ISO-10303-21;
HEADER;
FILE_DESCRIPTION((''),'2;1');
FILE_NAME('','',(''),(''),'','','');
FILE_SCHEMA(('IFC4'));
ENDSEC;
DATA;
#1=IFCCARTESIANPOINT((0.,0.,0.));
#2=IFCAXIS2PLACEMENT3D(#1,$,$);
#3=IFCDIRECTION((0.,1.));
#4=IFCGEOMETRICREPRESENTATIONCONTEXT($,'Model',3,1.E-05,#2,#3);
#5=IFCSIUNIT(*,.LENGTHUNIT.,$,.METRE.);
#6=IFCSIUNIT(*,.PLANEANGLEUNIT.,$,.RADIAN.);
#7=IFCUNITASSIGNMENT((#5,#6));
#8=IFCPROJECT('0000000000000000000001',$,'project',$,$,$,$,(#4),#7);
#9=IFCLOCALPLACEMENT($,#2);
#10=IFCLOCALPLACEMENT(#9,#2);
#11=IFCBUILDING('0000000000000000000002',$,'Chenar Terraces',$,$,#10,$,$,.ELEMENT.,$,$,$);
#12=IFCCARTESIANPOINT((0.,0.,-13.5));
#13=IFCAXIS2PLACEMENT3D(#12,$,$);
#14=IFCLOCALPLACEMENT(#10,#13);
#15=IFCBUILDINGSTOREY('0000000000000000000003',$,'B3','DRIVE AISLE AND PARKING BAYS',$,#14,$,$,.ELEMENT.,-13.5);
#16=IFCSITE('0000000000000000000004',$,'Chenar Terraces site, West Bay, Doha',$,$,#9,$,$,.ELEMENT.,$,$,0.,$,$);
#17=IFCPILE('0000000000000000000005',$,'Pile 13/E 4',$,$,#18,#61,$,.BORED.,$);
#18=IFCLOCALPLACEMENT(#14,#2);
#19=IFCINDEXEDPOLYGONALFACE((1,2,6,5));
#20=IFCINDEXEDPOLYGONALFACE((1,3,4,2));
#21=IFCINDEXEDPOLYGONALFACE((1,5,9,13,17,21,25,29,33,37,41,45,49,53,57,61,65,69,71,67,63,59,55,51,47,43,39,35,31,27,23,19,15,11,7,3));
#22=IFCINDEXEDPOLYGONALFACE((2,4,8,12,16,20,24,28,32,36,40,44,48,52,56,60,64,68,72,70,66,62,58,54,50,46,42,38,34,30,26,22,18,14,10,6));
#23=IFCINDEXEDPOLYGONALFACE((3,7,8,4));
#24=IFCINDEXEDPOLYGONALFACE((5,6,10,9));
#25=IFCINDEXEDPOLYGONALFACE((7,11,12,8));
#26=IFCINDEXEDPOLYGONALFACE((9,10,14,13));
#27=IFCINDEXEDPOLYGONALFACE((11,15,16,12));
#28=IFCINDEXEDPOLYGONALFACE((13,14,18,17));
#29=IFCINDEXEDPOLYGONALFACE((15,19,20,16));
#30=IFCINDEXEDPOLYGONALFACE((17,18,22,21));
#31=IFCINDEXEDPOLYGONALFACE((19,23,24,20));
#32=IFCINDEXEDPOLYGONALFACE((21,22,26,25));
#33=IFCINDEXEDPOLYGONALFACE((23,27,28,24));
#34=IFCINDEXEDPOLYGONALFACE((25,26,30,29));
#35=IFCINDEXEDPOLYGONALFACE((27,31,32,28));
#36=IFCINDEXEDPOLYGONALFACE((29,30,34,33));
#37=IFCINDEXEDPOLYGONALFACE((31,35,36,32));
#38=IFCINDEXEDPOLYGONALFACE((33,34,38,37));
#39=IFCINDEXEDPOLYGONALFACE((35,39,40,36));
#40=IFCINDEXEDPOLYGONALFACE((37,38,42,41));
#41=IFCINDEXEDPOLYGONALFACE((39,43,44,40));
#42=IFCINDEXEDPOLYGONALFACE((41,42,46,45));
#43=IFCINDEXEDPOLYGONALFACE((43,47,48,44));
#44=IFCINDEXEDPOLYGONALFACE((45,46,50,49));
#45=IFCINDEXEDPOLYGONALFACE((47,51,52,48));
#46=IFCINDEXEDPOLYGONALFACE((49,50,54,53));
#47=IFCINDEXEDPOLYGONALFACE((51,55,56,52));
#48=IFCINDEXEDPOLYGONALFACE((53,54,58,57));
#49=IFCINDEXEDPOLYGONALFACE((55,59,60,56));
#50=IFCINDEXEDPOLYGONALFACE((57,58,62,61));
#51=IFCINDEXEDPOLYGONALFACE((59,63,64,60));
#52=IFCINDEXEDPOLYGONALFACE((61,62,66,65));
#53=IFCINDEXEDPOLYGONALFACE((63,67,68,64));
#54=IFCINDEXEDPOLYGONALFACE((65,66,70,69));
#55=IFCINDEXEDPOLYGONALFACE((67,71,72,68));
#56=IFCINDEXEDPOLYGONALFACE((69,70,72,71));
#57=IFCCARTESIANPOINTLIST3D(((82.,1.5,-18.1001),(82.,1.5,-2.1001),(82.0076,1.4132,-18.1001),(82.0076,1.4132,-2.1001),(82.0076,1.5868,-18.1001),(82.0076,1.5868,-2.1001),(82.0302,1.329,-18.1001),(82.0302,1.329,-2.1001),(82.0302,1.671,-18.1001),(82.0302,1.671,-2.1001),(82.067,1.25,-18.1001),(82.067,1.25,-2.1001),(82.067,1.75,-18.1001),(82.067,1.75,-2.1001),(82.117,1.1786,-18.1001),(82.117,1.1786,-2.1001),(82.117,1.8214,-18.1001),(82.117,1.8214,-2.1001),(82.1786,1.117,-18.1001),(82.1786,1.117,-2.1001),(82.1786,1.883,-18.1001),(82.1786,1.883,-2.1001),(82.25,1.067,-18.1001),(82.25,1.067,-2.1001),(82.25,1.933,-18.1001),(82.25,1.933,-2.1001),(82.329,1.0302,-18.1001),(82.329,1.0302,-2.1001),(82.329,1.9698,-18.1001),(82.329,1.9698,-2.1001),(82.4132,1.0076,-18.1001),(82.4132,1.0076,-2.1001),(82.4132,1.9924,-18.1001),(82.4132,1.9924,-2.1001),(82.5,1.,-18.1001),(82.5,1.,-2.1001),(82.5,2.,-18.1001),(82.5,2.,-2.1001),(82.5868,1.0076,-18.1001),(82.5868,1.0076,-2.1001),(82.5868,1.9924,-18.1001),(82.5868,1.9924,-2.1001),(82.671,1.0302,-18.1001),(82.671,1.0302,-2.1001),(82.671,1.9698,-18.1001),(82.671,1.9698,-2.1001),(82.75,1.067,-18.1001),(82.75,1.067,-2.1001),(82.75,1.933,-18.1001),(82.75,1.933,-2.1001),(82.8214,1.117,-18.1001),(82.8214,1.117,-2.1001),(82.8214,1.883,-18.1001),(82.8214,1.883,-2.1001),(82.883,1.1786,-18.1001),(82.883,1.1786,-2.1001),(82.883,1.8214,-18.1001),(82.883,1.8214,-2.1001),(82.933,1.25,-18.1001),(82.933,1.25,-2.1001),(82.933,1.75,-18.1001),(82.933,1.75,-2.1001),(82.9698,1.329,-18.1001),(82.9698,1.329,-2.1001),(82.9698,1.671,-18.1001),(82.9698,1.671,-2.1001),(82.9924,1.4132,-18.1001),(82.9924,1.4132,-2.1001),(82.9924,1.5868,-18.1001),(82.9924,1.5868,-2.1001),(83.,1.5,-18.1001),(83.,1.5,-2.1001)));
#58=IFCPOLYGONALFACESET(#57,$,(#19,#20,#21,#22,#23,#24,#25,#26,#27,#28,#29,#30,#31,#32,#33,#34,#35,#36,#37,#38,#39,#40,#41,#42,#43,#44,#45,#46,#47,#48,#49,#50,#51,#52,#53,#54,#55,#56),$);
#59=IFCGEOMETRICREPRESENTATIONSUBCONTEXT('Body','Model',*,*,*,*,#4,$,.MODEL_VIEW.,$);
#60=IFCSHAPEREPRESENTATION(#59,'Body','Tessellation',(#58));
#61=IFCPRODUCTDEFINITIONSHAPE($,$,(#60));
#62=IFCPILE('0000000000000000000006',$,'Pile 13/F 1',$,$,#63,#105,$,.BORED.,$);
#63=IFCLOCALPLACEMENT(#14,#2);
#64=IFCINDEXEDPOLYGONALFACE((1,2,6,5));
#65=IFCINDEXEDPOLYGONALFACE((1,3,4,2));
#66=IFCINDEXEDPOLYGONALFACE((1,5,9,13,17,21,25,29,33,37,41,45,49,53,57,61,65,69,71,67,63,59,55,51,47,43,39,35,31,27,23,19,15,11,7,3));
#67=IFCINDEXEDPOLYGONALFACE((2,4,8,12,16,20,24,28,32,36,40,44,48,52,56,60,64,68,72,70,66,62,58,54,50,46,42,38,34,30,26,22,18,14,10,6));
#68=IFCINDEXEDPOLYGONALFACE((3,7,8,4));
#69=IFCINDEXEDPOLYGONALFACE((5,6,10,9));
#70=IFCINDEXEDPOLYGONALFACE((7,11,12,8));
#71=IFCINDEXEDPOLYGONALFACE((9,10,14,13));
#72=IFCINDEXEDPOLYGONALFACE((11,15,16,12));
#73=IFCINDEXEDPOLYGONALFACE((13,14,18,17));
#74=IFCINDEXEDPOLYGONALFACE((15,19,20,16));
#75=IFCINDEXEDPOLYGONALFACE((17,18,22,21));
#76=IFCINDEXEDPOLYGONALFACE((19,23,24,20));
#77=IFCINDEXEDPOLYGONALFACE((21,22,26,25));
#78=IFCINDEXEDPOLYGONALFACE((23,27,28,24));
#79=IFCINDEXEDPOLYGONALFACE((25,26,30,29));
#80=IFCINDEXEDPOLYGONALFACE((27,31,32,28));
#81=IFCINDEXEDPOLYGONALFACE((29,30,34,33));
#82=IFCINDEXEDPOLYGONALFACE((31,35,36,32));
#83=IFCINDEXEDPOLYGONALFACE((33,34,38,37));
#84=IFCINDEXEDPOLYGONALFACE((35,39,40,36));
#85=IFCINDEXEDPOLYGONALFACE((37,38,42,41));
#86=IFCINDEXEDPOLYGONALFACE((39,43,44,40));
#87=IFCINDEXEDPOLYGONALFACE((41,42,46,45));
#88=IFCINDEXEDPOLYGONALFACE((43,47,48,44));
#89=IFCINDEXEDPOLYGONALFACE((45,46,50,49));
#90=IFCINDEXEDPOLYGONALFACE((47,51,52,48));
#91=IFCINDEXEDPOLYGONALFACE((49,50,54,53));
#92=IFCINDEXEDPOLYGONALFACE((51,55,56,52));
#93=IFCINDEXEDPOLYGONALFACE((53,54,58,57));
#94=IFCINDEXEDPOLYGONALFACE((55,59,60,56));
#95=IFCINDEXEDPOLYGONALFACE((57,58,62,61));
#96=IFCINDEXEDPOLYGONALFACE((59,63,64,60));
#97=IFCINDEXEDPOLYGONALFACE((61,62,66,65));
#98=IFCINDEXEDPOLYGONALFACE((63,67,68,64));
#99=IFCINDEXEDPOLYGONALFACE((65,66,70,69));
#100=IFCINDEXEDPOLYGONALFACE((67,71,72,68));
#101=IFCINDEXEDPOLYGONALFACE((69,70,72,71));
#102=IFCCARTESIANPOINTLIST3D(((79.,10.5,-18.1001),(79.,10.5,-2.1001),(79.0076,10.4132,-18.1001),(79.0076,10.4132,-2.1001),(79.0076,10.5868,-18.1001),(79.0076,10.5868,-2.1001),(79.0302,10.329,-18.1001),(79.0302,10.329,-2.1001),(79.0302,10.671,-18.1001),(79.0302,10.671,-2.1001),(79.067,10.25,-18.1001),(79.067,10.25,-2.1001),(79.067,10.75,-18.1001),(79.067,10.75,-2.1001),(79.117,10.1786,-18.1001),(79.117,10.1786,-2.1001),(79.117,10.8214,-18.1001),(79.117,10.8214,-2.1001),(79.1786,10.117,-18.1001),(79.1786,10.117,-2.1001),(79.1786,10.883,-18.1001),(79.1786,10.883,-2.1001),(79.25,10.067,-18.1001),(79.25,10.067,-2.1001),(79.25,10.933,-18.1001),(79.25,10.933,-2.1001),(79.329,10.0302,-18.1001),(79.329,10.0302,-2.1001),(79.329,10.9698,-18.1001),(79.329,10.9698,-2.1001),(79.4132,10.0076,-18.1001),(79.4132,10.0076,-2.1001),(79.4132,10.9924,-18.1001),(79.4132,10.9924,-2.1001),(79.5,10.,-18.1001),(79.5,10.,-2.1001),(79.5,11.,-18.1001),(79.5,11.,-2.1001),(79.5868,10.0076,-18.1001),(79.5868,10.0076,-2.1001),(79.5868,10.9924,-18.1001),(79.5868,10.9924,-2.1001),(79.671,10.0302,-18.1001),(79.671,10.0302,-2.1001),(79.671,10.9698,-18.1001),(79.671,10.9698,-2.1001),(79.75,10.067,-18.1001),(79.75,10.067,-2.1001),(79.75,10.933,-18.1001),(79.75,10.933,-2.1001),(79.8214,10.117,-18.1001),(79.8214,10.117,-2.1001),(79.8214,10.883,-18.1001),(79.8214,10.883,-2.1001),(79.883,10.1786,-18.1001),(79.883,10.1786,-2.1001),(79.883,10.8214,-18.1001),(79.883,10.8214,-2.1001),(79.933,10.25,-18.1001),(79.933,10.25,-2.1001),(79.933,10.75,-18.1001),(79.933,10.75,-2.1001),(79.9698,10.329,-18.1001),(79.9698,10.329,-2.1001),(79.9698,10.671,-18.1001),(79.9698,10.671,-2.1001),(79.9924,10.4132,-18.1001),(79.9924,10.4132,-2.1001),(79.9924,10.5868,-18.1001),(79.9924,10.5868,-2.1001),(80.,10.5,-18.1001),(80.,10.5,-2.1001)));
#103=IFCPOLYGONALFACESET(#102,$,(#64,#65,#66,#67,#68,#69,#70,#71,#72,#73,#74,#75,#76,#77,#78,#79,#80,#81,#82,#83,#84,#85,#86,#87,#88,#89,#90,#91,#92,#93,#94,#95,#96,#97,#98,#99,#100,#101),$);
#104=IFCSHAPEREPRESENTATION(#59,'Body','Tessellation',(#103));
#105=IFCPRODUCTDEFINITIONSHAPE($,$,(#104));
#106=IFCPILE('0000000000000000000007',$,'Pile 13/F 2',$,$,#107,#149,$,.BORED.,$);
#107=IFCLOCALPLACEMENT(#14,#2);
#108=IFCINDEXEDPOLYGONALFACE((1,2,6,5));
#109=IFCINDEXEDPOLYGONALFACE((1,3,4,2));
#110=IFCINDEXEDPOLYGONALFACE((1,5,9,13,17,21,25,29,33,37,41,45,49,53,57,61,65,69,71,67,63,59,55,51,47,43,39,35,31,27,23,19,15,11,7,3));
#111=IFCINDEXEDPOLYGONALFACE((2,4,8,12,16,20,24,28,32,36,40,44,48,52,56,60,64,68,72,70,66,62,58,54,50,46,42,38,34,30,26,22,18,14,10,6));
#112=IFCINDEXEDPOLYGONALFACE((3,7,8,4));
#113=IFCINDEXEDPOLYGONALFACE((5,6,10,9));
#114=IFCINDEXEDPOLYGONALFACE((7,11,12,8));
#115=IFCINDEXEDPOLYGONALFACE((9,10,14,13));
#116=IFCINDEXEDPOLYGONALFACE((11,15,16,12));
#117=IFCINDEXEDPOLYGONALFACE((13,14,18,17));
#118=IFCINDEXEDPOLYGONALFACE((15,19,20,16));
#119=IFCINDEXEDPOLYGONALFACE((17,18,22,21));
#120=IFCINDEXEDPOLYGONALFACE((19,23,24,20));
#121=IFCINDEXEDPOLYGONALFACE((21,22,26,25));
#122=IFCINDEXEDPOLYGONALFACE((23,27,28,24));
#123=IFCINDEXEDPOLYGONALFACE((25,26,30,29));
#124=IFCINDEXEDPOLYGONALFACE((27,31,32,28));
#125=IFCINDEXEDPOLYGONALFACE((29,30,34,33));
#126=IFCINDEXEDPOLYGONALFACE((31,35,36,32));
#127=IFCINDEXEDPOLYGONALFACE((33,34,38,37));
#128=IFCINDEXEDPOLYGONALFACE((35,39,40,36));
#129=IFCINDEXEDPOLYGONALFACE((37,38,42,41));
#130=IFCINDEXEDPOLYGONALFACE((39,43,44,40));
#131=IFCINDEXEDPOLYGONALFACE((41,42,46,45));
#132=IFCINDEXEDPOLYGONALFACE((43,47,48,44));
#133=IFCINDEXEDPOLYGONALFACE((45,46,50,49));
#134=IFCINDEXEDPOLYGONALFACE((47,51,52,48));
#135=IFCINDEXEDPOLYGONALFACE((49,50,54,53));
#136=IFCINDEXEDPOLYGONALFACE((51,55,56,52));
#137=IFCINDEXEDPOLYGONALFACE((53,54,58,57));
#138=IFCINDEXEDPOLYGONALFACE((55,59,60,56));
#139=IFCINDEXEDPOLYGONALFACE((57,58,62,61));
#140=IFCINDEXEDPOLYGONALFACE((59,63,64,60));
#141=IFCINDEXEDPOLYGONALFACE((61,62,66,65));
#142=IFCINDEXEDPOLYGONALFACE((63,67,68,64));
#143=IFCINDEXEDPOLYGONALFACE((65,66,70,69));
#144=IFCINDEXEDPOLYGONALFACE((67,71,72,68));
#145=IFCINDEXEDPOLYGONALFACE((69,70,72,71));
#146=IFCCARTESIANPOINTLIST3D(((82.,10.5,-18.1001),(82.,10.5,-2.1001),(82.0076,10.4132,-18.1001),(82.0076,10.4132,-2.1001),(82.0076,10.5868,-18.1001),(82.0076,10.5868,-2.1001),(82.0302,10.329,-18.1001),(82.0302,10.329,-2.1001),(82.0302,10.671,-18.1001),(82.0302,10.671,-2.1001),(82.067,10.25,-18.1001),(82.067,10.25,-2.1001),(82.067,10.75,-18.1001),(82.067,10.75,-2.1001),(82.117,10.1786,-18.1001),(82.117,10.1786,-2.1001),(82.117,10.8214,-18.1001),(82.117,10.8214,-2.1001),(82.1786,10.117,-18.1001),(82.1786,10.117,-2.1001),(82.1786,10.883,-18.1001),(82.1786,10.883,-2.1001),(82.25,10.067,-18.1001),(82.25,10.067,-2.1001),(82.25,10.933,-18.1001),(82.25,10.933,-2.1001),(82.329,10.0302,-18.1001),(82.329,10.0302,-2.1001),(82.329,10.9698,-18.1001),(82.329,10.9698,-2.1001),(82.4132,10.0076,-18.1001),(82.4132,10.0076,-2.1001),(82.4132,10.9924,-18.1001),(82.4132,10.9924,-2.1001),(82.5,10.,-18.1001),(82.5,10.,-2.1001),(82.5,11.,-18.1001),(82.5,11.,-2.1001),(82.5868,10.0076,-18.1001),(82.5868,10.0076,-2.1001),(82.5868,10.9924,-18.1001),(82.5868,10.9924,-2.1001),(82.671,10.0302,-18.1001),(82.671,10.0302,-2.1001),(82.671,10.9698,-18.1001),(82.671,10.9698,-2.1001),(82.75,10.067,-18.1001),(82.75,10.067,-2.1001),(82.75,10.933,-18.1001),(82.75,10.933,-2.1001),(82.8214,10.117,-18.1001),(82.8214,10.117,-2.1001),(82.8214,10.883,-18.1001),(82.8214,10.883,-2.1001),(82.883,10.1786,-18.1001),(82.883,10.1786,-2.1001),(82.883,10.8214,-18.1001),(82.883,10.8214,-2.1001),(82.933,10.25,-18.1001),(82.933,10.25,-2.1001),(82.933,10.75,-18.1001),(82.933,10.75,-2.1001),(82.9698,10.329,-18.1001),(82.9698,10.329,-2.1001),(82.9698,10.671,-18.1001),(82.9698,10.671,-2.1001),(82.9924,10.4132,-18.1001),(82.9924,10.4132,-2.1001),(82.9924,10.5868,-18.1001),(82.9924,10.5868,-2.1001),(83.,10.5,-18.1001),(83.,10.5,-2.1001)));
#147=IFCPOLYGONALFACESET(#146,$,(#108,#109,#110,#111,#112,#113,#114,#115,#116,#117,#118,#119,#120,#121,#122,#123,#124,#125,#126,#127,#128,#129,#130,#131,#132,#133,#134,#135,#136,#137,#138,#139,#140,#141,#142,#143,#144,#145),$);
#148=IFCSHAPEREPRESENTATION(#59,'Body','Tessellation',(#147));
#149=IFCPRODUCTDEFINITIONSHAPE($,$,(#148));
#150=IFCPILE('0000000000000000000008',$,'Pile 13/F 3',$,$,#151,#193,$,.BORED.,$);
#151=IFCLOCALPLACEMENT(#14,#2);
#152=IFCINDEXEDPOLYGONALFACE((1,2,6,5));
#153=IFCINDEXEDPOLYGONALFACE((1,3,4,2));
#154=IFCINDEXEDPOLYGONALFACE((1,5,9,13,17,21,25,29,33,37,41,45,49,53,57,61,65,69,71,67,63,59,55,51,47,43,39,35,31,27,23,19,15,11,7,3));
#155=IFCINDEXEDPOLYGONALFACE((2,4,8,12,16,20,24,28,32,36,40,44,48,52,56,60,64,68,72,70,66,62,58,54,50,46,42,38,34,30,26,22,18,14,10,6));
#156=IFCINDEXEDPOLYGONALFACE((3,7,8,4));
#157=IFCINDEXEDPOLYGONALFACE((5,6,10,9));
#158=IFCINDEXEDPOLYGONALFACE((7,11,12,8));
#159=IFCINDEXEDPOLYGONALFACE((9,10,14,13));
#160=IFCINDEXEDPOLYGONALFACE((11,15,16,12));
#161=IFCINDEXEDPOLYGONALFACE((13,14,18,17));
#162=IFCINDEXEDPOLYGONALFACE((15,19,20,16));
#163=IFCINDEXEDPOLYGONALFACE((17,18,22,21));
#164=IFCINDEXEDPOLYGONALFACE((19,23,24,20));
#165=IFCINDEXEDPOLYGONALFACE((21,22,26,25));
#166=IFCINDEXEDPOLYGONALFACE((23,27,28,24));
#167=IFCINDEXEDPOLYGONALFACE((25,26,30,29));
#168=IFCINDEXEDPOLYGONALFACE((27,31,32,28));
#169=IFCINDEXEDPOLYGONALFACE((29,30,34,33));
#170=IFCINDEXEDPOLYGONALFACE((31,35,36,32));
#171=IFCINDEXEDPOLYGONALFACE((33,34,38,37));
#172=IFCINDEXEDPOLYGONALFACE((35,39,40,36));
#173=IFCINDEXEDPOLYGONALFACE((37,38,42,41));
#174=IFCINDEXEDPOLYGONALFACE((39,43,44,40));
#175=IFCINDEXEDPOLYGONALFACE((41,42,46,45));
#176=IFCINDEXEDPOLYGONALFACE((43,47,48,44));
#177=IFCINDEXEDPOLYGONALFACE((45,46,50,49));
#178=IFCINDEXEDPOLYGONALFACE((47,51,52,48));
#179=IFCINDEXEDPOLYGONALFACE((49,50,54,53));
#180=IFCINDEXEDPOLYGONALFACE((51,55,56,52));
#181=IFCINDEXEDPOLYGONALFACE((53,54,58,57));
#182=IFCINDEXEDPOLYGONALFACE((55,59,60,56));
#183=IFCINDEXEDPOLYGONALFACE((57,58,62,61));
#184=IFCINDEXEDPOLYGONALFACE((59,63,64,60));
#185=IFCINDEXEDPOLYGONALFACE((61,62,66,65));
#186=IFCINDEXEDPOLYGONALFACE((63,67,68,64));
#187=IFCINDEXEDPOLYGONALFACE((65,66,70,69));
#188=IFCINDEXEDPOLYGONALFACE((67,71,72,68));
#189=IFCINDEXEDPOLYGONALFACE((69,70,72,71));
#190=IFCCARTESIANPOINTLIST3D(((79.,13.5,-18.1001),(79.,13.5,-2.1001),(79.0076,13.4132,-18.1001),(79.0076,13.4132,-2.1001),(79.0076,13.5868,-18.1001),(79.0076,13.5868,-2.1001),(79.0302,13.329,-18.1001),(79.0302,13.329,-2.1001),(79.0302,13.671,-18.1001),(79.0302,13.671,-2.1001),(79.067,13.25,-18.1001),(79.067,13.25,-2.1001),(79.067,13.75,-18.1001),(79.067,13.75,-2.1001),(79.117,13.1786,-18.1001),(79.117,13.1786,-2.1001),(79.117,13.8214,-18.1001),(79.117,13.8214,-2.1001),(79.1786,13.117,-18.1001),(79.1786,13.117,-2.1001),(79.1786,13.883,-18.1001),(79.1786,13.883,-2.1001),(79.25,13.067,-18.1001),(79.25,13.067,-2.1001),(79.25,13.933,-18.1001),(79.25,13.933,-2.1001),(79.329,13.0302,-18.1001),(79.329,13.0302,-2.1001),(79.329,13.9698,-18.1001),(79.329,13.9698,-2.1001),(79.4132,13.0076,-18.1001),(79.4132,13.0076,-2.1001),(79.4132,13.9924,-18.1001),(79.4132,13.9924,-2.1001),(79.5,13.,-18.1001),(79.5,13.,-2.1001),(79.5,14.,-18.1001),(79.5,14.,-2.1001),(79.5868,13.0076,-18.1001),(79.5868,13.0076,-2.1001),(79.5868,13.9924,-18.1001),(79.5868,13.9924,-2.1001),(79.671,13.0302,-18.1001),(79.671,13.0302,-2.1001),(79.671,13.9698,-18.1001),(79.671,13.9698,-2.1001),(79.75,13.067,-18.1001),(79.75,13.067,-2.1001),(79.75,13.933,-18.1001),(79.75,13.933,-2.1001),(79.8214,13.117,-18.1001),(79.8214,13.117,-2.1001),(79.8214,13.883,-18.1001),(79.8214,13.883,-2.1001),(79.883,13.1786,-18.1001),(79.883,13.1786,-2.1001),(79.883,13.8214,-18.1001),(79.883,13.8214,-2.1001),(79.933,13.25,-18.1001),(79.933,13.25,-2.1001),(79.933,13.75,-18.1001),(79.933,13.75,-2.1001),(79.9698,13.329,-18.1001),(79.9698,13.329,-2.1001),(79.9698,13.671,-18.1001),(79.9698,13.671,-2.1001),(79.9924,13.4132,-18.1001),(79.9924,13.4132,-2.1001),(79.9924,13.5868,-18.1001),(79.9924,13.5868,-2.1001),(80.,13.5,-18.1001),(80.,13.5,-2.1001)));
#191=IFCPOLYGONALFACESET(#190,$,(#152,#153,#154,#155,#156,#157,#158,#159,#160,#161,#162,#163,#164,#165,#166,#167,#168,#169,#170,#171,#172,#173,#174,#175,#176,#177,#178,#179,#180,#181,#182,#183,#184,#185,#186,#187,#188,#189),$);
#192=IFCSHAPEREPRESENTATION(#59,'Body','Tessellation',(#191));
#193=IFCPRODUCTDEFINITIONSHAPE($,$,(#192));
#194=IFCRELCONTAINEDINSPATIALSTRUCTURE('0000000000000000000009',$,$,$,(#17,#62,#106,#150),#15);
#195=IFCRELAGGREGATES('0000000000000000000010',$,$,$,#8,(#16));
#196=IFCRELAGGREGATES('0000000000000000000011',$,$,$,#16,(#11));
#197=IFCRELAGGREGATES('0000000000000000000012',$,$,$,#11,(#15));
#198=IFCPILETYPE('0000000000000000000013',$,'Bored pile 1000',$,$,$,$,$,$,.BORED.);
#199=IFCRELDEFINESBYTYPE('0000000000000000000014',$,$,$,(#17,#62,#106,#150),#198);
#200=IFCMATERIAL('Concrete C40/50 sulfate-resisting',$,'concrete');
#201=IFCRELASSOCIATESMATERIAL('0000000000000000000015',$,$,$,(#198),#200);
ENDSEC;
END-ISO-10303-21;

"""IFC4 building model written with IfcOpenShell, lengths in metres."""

from ifc_helpers import new_model, si_unit, direction, frame, origin, origin_2d, place, context, subcontext, project, spatial, circle, extrude, material, material_profile, profile_set, type_object, element, save


model = new_model("IFC4")

# Units and contexts
model_context = context("Model", 3, precision=1e-05, world=origin(), true_north=direction((0.0, 1.0)))
body_context = subcontext(model_context, "Body", "Model", "MODEL_VIEW")
ifc_project = project(units=[si_unit("LENGTHUNIT", "METRE"), si_unit("PLANEANGLEUNIT", "RADIAN")], contexts=[model_context])

# Site, building, storey
site_placement = place(None, origin())
site = spatial("IfcSite", under=ifc_project, at=site_placement, Name="Chenar Terraces site, West Bay, Doha", CompositionType="ELEMENT", RefElevation=0.0)
building_placement = place(site_placement, origin())
building = spatial("IfcBuilding", under=site, at=building_placement, Name="Chenar Terraces", CompositionType="ELEMENT")
storey_placement = place(building_placement, frame((0.0, 0.0, -13.5)))
storey = spatial("IfcBuildingStorey", under=building, at=storey_placement, Name="B3", Description="DRIVE AISLE AND PARKING BAYS", CompositionType="ELEMENT", Elevation=-13.5)

# Piles
ifc_material_1 = material(Name="Concrete C40/50 sulfate-resisting", Category="concrete")
ifc_material_profile_1 = material_profile(ifc_material_1, circle(Radius=0.5, at=origin_2d()), Name="BP 1000")
ifc_profile_set_1 = profile_set([ifc_material_profile_1], Name="Concrete C40/50 sulfate-resisting")
pile_type_1 = type_object("IfcPileType", Name="Bored pile 1000", PredefinedType="BORED", material=ifc_profile_set_1)
for number, where, z_axis, x_axis, name in (
    (1, (82.5, 1.5, -2.1001), (0.0, 0.0, -1.0), (1.0, 0.0, 0.0), "Pile 13/E 4"),
    (2, (79.5, 10.5, -2.1001), (0.0, 0.0, -1.0), (1.0, 0.0, 0.0), "Pile 13/F 1"),
    (3, (82.5, 10.5, -2.1001), (0.0, 0.0, -1.0), (1.0, 0.0, 0.0), "Pile 13/F 2"),
    (4, (79.5, 13.5, -2.1001), (0.0, 0.0, -1.0), (1.0, 0.0, 0.0), "Pile 13/F 3"),
):
    element("IfcPile", number, at=place(storey_placement, frame(where, z_axis=z_axis, x_axis=x_axis)), inside=storey, type_object=pile_type_1, Name=name, PredefinedType="BORED", context=body_context, shape_type="SweptSolid", body=[
        extrude(circle(Radius=0.5, at=origin_2d()), origin(), (0.0, 0.0, 1.0), 16.0),
    ])

save(model, "model.ifc")
